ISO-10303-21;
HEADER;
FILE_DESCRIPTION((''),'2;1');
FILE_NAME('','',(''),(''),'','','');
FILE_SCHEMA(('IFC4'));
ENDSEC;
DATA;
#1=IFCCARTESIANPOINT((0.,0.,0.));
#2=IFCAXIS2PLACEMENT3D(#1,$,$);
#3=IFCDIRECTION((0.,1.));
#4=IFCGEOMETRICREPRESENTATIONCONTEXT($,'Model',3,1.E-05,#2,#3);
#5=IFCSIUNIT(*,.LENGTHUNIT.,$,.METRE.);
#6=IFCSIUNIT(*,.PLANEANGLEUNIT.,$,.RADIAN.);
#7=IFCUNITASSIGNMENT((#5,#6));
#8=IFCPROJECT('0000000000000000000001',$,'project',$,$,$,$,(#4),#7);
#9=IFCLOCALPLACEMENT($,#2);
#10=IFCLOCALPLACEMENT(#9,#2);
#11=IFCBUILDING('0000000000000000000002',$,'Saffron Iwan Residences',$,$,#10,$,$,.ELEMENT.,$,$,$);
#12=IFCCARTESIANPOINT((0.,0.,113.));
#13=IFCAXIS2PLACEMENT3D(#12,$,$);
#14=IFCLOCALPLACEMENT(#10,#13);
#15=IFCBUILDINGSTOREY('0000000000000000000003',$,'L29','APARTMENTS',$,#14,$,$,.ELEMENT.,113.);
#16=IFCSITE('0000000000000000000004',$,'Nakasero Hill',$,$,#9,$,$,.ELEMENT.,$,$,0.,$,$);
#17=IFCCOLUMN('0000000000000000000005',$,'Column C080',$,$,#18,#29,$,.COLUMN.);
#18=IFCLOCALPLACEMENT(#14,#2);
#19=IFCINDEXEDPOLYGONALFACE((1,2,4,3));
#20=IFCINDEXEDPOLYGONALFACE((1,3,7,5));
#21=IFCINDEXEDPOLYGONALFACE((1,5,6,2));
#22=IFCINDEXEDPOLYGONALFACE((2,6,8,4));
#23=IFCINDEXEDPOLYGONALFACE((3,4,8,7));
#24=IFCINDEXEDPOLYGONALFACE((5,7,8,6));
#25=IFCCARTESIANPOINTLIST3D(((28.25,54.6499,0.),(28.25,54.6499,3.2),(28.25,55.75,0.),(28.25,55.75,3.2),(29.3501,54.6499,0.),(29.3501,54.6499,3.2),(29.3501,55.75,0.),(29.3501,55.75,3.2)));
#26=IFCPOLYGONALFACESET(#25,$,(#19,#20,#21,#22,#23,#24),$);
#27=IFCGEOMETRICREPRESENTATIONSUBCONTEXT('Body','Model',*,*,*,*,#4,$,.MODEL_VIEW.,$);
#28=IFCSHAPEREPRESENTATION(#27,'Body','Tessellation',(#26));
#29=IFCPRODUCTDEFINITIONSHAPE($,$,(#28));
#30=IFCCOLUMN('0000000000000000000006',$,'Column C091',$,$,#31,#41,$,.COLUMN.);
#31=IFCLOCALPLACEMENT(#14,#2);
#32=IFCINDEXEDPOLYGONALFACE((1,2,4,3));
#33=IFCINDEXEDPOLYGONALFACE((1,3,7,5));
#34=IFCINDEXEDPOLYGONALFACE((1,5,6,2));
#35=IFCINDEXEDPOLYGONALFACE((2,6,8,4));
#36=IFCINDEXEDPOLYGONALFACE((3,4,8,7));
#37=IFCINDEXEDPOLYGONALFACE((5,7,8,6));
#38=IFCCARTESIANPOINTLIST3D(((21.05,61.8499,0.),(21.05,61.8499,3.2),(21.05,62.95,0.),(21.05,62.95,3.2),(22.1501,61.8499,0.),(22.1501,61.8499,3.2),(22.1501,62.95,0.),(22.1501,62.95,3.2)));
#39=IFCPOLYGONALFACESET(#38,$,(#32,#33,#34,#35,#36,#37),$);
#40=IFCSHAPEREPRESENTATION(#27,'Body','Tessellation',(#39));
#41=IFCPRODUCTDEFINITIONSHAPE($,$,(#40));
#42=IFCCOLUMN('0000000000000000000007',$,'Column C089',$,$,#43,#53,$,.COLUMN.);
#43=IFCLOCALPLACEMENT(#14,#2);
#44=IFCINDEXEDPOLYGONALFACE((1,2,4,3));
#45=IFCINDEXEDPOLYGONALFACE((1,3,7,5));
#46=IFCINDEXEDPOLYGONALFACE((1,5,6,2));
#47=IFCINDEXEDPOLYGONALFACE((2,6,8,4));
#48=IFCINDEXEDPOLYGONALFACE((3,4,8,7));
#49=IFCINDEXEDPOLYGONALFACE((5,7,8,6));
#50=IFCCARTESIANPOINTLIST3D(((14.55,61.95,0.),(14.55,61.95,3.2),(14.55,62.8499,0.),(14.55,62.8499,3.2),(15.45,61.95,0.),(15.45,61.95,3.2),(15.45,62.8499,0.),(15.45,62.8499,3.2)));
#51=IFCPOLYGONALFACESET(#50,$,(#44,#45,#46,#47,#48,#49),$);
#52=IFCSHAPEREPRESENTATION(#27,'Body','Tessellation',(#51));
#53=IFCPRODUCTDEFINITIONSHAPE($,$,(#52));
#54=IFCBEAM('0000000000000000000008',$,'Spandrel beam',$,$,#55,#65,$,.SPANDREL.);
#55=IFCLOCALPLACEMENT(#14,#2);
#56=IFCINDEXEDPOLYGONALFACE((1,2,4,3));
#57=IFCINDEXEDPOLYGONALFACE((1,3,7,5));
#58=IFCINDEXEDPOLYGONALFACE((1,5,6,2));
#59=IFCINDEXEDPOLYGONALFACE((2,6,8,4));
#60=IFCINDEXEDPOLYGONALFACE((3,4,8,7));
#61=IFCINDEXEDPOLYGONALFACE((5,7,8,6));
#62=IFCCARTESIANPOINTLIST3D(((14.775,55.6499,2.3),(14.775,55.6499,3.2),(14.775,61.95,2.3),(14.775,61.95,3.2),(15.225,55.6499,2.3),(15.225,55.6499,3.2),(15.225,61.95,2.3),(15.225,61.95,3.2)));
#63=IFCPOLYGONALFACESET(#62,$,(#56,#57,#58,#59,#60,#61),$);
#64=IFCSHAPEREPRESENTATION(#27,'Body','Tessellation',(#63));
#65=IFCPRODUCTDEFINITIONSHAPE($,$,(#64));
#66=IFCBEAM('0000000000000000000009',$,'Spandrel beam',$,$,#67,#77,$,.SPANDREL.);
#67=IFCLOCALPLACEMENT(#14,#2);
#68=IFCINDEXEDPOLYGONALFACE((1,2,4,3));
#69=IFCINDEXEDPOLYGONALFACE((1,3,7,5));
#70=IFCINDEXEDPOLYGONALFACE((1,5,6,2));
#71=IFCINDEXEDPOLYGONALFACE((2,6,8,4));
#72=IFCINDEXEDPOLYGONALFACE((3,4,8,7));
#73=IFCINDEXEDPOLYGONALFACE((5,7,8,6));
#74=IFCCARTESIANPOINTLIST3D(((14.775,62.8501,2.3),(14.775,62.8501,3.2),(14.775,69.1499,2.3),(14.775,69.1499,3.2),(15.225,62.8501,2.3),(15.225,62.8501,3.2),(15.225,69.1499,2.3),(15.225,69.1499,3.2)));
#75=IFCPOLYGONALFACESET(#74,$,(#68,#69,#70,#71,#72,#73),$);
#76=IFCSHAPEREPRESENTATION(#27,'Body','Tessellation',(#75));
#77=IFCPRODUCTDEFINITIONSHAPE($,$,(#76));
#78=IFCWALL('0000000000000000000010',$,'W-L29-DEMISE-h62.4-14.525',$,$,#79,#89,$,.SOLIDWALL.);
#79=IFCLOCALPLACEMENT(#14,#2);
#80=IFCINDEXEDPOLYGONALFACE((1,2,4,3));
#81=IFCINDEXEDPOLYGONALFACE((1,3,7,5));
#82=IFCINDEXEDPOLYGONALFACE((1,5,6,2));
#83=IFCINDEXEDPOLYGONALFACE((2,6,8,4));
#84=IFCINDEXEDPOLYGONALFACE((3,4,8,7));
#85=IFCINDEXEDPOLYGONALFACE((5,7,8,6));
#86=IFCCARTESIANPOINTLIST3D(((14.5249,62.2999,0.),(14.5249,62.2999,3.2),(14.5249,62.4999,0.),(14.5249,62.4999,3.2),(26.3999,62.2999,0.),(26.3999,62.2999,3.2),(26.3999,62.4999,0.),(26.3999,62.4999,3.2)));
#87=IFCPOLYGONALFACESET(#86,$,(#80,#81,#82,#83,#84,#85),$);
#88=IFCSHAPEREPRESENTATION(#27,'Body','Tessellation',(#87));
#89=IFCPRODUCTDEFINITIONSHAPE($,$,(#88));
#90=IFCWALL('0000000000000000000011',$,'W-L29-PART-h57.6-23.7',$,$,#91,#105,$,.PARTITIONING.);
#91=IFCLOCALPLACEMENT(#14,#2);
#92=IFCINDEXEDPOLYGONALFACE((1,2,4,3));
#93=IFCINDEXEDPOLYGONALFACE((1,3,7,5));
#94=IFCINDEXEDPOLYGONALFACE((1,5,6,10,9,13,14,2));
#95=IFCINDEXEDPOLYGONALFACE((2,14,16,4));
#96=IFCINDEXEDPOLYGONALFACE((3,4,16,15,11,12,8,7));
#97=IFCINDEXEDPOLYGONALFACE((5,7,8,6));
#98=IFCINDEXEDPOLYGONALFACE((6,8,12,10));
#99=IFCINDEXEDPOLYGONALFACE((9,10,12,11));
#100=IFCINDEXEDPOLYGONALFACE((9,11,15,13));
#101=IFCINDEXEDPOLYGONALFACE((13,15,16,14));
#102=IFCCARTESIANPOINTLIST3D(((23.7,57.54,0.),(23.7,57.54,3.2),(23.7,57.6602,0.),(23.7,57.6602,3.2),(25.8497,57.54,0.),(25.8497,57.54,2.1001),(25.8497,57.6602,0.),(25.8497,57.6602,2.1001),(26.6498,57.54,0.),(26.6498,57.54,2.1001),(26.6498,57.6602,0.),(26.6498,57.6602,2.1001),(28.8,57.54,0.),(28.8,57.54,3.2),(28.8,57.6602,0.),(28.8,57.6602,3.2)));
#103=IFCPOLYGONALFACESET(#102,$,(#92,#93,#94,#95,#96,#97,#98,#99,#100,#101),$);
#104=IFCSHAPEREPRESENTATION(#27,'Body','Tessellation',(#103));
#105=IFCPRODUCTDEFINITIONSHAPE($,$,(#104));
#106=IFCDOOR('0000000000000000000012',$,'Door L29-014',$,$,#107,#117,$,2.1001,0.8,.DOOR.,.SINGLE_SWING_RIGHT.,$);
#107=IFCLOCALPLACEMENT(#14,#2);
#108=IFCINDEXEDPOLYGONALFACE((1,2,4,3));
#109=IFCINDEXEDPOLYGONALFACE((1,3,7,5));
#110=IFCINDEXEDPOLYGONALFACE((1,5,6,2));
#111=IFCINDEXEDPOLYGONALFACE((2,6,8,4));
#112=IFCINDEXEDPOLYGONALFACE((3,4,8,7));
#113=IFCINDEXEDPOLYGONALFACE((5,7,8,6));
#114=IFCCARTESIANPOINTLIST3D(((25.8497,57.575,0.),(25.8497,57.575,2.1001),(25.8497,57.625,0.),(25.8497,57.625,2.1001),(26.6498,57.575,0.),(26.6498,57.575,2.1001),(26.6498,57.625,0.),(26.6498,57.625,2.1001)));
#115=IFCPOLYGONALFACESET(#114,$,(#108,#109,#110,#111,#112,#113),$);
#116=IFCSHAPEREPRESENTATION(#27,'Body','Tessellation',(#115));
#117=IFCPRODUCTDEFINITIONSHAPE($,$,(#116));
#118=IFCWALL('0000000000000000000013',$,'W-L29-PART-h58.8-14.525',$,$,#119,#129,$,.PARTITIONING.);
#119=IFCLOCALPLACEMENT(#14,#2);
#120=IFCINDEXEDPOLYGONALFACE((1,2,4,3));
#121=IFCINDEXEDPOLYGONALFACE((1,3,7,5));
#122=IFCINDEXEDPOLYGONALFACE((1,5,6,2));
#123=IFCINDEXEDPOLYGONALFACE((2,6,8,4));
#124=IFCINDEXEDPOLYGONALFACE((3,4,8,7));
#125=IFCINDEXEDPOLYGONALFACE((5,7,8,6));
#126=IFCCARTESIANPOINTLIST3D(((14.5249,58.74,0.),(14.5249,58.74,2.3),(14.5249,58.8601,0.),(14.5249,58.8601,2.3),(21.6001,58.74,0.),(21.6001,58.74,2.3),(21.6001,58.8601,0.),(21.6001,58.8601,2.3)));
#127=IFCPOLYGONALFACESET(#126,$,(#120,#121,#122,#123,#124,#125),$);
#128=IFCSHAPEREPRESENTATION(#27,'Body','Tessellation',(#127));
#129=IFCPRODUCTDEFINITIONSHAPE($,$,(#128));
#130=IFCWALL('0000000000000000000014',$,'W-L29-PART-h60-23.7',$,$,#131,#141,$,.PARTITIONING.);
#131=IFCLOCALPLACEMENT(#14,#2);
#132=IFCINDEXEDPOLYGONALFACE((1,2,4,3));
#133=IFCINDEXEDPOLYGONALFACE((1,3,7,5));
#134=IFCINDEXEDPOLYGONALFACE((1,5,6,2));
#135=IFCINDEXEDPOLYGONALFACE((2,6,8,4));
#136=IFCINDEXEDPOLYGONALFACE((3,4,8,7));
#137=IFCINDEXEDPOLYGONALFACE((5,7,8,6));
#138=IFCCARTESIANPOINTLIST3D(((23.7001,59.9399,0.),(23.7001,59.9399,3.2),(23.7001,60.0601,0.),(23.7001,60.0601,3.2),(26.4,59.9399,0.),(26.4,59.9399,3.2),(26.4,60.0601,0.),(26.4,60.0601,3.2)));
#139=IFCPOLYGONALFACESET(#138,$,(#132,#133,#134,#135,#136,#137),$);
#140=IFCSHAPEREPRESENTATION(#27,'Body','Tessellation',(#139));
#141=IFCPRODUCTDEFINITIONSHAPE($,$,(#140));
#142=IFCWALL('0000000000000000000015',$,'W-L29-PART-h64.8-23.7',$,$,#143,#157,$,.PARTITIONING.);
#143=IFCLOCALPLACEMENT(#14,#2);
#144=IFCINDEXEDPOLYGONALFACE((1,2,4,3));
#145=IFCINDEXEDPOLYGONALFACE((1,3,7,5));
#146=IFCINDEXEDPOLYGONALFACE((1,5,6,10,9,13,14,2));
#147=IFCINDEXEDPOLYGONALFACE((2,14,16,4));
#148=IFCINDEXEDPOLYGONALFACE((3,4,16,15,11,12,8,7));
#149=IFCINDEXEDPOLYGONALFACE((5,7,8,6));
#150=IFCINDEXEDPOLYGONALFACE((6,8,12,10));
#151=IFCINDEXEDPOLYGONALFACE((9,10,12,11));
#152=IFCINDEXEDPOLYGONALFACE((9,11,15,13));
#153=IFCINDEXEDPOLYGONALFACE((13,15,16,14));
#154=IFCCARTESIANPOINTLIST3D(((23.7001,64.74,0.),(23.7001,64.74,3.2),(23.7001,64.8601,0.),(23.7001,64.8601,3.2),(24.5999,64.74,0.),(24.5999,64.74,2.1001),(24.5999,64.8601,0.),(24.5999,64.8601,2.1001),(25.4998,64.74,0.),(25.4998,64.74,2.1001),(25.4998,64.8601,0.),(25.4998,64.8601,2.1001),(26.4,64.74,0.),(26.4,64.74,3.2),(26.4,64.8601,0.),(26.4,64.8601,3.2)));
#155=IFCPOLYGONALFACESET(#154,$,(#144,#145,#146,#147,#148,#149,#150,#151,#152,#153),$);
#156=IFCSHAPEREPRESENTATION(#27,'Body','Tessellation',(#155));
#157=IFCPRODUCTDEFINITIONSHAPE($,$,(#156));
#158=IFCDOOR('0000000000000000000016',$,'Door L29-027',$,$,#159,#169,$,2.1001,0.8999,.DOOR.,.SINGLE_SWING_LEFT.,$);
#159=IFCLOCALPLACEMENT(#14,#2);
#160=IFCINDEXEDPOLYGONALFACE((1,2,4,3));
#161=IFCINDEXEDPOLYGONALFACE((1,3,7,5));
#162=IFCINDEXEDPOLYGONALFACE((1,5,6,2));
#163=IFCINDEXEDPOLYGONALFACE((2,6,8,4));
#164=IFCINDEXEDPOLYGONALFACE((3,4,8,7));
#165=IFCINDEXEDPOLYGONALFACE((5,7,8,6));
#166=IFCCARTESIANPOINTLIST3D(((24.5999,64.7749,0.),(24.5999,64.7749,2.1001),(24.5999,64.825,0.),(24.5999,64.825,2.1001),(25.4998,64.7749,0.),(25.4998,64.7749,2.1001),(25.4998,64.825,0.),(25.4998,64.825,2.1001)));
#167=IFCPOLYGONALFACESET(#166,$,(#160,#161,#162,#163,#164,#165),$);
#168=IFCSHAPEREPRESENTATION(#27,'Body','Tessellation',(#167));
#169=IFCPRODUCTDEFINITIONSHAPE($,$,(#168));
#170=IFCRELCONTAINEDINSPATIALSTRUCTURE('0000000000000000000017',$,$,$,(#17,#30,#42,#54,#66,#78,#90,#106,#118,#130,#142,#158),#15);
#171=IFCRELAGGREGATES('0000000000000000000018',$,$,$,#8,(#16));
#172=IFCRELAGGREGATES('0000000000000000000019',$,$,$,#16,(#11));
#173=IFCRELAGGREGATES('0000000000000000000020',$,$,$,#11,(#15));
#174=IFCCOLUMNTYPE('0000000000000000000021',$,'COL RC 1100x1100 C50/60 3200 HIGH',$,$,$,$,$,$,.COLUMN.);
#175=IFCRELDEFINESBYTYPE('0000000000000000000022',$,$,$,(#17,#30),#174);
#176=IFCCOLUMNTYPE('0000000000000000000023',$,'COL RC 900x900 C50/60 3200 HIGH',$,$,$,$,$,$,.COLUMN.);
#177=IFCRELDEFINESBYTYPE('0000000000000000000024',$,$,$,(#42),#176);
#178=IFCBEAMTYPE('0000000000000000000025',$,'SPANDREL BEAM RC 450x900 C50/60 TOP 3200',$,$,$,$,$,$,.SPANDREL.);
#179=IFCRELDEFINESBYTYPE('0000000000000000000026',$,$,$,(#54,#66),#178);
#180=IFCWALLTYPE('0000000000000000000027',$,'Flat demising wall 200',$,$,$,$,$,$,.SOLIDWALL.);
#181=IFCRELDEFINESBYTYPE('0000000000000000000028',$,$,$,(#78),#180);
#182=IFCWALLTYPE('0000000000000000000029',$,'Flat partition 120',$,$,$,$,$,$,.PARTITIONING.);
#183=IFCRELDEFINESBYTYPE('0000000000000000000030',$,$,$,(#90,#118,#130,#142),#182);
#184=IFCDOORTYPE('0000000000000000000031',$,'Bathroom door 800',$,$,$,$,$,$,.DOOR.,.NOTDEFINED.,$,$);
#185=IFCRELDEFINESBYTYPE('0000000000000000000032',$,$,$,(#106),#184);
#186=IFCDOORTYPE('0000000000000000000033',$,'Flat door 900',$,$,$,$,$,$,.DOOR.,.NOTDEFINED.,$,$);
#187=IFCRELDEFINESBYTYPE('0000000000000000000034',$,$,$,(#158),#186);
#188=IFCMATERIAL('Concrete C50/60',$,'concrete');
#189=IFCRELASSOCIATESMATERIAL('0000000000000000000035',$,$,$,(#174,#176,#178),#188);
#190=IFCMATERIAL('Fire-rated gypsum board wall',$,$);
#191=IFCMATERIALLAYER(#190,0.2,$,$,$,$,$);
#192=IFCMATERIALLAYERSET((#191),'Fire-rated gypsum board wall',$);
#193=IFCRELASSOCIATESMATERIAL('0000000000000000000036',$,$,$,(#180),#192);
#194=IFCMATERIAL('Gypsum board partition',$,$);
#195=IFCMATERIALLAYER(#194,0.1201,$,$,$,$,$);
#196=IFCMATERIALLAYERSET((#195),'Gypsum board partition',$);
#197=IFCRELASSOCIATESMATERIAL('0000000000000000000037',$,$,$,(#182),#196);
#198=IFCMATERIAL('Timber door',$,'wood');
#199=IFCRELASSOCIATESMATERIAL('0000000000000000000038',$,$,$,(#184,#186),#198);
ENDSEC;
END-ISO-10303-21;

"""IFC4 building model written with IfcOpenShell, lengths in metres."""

from ifc_helpers import new_model, si_unit, direction, frame, frame_2d, origin, origin_2d, place, context, subcontext, project, spatial, rectangle, extrude, source, transform, mapped, material, layer, layer_set, material_profile, profile_set, type_object, element, fill, save


model = new_model("IFC4")

# Units and contexts
model_context = context("Model", 3, precision=1e-05, world=origin(), true_north=direction((0.0, 1.0)))
body_context = subcontext(model_context, "Body", "Model", "MODEL_VIEW")
ifc_project = project(units=[si_unit("LENGTHUNIT", "METRE"), si_unit("PLANEANGLEUNIT", "RADIAN")], contexts=[model_context])

# Site, building, storey
site_placement = place(None, origin())
site = spatial("IfcSite", under=ifc_project, at=site_placement, Name="Nakasero Hill", CompositionType="ELEMENT", RefElevation=0.0)
building_placement = place(site_placement, origin())
building = spatial("IfcBuilding", under=site, at=building_placement, Name="Saffron Iwan Residences", CompositionType="ELEMENT")
storey_placement = place(building_placement, frame((0.0, 0.0, 113.0)))
storey = spatial("IfcBuildingStorey", under=building, at=storey_placement, Name="L29", Description="APARTMENTS", CompositionType="ELEMENT", Elevation=113.0)

# Columns
ifc_material_1 = material(Name="Concrete C50/60", Category="concrete")
ifc_material_profile_1 = material_profile(ifc_material_1, rectangle(XDim=1.1001, YDim=1.1001, at=origin_2d()), Name="RC 1100x1100")
ifc_profile_set_1 = profile_set([ifc_material_profile_1], Name="Concrete C50/60")
column_type_1 = type_object("IfcColumnType", Name="COL RC 1100x1100 C50/60 3200 HIGH", PredefinedType="COLUMN", material=ifc_profile_set_1)
shared_shape_1 = source(origin(), body_context, "Body", "SweptSolid", [
    extrude(rectangle(XDim=1.1001, YDim=1.1001, at=origin_2d()), origin(), (0.0, 0.0, 1.0), 3.2),
])
for number, where, z_axis, x_axis, name in (
    (1, (28.8, 55.2, 0.0), (0.0, 0.0, 1.0), (1.0, 0.0, 0.0), "Column C080"),
    (2, (21.6001, 62.3999, 0.0), (0.0, 0.0, 1.0), (1.0, 0.0, 0.0), "Column C091"),
):
    element("IfcColumn", number, at=place(storey_placement, frame(where, z_axis=z_axis, x_axis=x_axis)), inside=storey, type_object=column_type_1, Name=name, PredefinedType="COLUMN", context=body_context, shape_type="MappedRepresentation", body=[
        mapped(shared_shape_1, transform((0.0, 0.0, 0.0))),
    ])
ifc_material_profile_2 = material_profile(ifc_material_1, rectangle(XDim=0.8999, YDim=0.8999, at=origin_2d()), Name="RC 900x900")
ifc_profile_set_2 = profile_set([ifc_material_profile_2], Name="Concrete C50/60")
column_type_2 = type_object("IfcColumnType", Name="COL RC 900x900 C50/60 3200 HIGH", PredefinedType="COLUMN", material=ifc_profile_set_2)
shared_shape_2 = source(origin(), body_context, "Body", "SweptSolid", [
    extrude(rectangle(XDim=0.8999, YDim=0.8999, at=origin_2d()), origin(), (0.0, 0.0, 1.0), 3.2),
])
column_placement = place(storey_placement, frame((15.0, 62.3999, 0.0), z_axis=(0.0, 0.0, 1.0), x_axis=(1.0, 0.0, 0.0)))
element("IfcColumn", 3, at=column_placement, inside=storey, type_object=column_type_2, Name="Column C089", PredefinedType="COLUMN", context=body_context, shape_type="MappedRepresentation", body=[
    mapped(shared_shape_2, transform((0.0, 0.0, 0.0))),
])

# Beams
ifc_material_profile_3 = material_profile(ifc_material_1, rectangle(XDim=0.45, YDim=0.8999, at=origin_2d()), Name="RC 450x900")
ifc_profile_set_3 = profile_set([ifc_material_profile_3], Name="Concrete C50/60")
beam_type = type_object("IfcBeamType", Name="SPANDREL BEAM RC 450x900 C50/60 TOP 3200", PredefinedType="SPANDREL", material=ifc_profile_set_3)
shared_shape_3 = source(origin(), body_context, "Body", "SweptSolid", [
    extrude(rectangle(XDim=0.45, YDim=0.8999, at=origin_2d()), origin(), (0.0, 0.0, 1.0), 6.3),
])
beam_1_placement = place(storey_placement, frame((15.0, 55.6499, 2.75), z_axis=(0.0, 1.0, 0.0), x_axis=(-1.0, 0.0, 0.0)))
element("IfcBeam", 4, at=beam_1_placement, inside=storey, type_object=beam_type, Name="Spandrel beam", PredefinedType="SPANDREL", context=body_context, shape_type="MappedRepresentation", body=[
    mapped(shared_shape_3, transform((0.0, 0.0, 0.0))),
])
shared_shape_4 = source(origin(), body_context, "Body", "SweptSolid", [
    extrude(rectangle(XDim=0.45, YDim=0.8999, at=origin_2d()), origin(), (0.0, 0.0, 1.0), 6.2998),
])
beam_2_placement = place(storey_placement, frame((15.0, 62.8501, 2.75), z_axis=(0.0, 1.0, 0.0), x_axis=(-1.0, 0.0, 0.0)))
element("IfcBeam", 5, at=beam_2_placement, inside=storey, type_object=beam_type, Name="Spandrel beam", PredefinedType="SPANDREL", context=body_context, shape_type="MappedRepresentation", body=[
    mapped(shared_shape_4, transform((0.0, 0.0, 0.0))),
])

# Wall
ifc_material_2 = material(Name="Fire-rated gypsum board wall")
ifc_layer_1 = layer(ifc_material_2, 0.2)
ifc_layer_set_1 = layer_set([ifc_layer_1], Name="Fire-rated gypsum board wall")
wall_type_1 = type_object("IfcWallType", Name="Flat demising wall 200", PredefinedType="SOLIDWALL", material=ifc_layer_set_1)
wall_1_placement = place(storey_placement, frame((14.5249, 62.3999, 0.0), z_axis=(0.0, 0.0, 1.0), x_axis=(1.0, 0.0, 0.0)))
element("IfcWall", 6, at=wall_1_placement, inside=storey, type_object=wall_type_1, Name="W-L29-DEMISE-h62.4-14.525", PredefinedType="SOLIDWALL", context=body_context, shape_type="SweptSolid", body=[
    extrude(rectangle(XDim=11.875, YDim=0.2, at=frame_2d((5.9375, 0.0))), origin(), (0.0, 0.0, 1.0), 3.2),
])

# Wall, opening, door
ifc_material_3 = material(Name="Gypsum board partition")
ifc_layer_2 = layer(ifc_material_3, 0.1201)
ifc_layer_set_2 = layer_set([ifc_layer_2], Name="Gypsum board partition")
wall_type_2 = type_object("IfcWallType", Name="Flat partition 120", PredefinedType="PARTITIONING", material=ifc_layer_set_2)
wall_2_placement = place(storey_placement, frame((23.7, 57.6001, 0.0), z_axis=(0.0, 0.0, 1.0), x_axis=(1.0, 0.0, 0.0)))
wall_2 = element("IfcWall", 7, at=wall_2_placement, inside=storey, type_object=wall_type_2, Name="W-L29-PART-h57.6-23.7", PredefinedType="PARTITIONING", context=body_context, shape_type="SweptSolid", body=[
    extrude(rectangle(XDim=5.1001, YDim=0.1201, at=frame_2d((2.55, 0.0))), origin(), (0.0, 0.0, 1.0), 3.2),
])
opening_1_placement = place(wall_2_placement, frame((2.1499, 0.0, 0.0)))
opening_1 = element("IfcOpeningElement", 8, at=opening_1_placement, cuts=wall_2, PredefinedType="OPENING", context=body_context, shape_type="SweptSolid", body=[
    extrude(rectangle(XDim=0.8, YDim=2.1001, at=frame_2d((0.3999, 1.05))), frame((0.0, 0.0701, 0.0), z_axis=(0.0, -1.0, 0.0), x_axis=(1.0, 0.0, 0.0)), (0.0, 0.0, 1.0), 0.1401),
])
ifc_material_4 = material(Name="Timber door", Category="wood")
door_type_1 = type_object("IfcDoorType", Name="Bathroom door 800", OperationType="NOTDEFINED", PredefinedType="DOOR", material=ifc_material_4)
door_1_placement = place(opening_1_placement, origin())
door_1 = element("IfcDoor", 9, at=door_1_placement, inside=storey, type_object=door_type_1, Name="Door L29-014", OperationType="SINGLE_SWING_RIGHT", OverallHeight=2.1001, OverallWidth=0.8, PredefinedType="DOOR", context=body_context, shape_type="SweptSolid", body=[
    extrude(rectangle(XDim=0.8, YDim=2.1001, at=frame_2d((0.3999, 1.05))), frame((0.0, 0.0249, 0.0), z_axis=(0.0, -1.0, 0.0), x_axis=(1.0, 0.0, 0.0)), (0.0, 0.0, 1.0), 0.05),
])
fill(opening_1, door_1)

# Walls
wall_3_placement = place(storey_placement, frame((14.5249, 58.8, 0.0), z_axis=(0.0, 0.0, 1.0), x_axis=(1.0, 0.0, 0.0)))
element("IfcWall", 10, at=wall_3_placement, inside=storey, type_object=wall_type_2, Name="W-L29-PART-h58.8-14.525", PredefinedType="PARTITIONING", context=body_context, shape_type="SweptSolid", body=[
    extrude(rectangle(XDim=7.0752, YDim=0.1201, at=frame_2d((3.5376, 0.0))), origin(), (0.0, 0.0, 1.0), 2.3),
])
wall_4_placement = place(storey_placement, frame((23.7, 60.0, 0.0), z_axis=(0.0, 0.0, 1.0), x_axis=(1.0, 0.0, 0.0)))
element("IfcWall", 11, at=wall_4_placement, inside=storey, type_object=wall_type_2, Name="W-L29-PART-h60-23.7", PredefinedType="PARTITIONING", context=body_context, shape_type="SweptSolid", body=[
    extrude(rectangle(XDim=2.7, YDim=0.1201, at=frame_2d((1.3501, 0.0))), origin(), (0.0, 0.0, 1.0), 3.2),
])

# Wall, opening, door
wall_5_placement = place(storey_placement, frame((23.7, 64.8, 0.0), z_axis=(0.0, 0.0, 1.0), x_axis=(1.0, 0.0, 0.0)))
wall_5 = element("IfcWall", 12, at=wall_5_placement, inside=storey, type_object=wall_type_2, Name="W-L29-PART-h64.8-23.7", PredefinedType="PARTITIONING", context=body_context, shape_type="SweptSolid", body=[
    extrude(rectangle(XDim=2.7, YDim=0.1201, at=frame_2d((1.3501, 0.0))), origin(), (0.0, 0.0, 1.0), 3.2),
])
opening_2_placement = place(wall_5_placement, frame((0.8999, 0.0, 0.0)))
opening_2 = element("IfcOpeningElement", 13, at=opening_2_placement, cuts=wall_5, PredefinedType="OPENING", context=body_context, shape_type="SweptSolid", body=[
    extrude(rectangle(XDim=0.8999, YDim=2.1001, at=frame_2d((0.45, 1.05))), frame((0.0, 0.0701, 0.0), z_axis=(0.0, -1.0, 0.0), x_axis=(1.0, 0.0, 0.0)), (0.0, 0.0, 1.0), 0.1401),
])
door_type_2 = type_object("IfcDoorType", Name="Flat door 900", OperationType="NOTDEFINED", PredefinedType="DOOR", material=ifc_material_4)
door_2_placement = place(opening_2_placement, origin())
door_2 = element("IfcDoor", 14, at=door_2_placement, inside=storey, type_object=door_type_2, Name="Door L29-027", OperationType="SINGLE_SWING_LEFT", OverallHeight=2.1001, OverallWidth=0.8999, PredefinedType="DOOR", context=body_context, shape_type="SweptSolid", body=[
    extrude(rectangle(XDim=0.8999, YDim=2.1001, at=frame_2d((0.45, 1.05))), frame((0.0, 0.0249, 0.0), z_axis=(0.0, -1.0, 0.0), x_axis=(1.0, 0.0, 0.0)), (0.0, 0.0, 1.0), 0.05),
])
fill(opening_2, door_2)

save(model, "model.ifc")
